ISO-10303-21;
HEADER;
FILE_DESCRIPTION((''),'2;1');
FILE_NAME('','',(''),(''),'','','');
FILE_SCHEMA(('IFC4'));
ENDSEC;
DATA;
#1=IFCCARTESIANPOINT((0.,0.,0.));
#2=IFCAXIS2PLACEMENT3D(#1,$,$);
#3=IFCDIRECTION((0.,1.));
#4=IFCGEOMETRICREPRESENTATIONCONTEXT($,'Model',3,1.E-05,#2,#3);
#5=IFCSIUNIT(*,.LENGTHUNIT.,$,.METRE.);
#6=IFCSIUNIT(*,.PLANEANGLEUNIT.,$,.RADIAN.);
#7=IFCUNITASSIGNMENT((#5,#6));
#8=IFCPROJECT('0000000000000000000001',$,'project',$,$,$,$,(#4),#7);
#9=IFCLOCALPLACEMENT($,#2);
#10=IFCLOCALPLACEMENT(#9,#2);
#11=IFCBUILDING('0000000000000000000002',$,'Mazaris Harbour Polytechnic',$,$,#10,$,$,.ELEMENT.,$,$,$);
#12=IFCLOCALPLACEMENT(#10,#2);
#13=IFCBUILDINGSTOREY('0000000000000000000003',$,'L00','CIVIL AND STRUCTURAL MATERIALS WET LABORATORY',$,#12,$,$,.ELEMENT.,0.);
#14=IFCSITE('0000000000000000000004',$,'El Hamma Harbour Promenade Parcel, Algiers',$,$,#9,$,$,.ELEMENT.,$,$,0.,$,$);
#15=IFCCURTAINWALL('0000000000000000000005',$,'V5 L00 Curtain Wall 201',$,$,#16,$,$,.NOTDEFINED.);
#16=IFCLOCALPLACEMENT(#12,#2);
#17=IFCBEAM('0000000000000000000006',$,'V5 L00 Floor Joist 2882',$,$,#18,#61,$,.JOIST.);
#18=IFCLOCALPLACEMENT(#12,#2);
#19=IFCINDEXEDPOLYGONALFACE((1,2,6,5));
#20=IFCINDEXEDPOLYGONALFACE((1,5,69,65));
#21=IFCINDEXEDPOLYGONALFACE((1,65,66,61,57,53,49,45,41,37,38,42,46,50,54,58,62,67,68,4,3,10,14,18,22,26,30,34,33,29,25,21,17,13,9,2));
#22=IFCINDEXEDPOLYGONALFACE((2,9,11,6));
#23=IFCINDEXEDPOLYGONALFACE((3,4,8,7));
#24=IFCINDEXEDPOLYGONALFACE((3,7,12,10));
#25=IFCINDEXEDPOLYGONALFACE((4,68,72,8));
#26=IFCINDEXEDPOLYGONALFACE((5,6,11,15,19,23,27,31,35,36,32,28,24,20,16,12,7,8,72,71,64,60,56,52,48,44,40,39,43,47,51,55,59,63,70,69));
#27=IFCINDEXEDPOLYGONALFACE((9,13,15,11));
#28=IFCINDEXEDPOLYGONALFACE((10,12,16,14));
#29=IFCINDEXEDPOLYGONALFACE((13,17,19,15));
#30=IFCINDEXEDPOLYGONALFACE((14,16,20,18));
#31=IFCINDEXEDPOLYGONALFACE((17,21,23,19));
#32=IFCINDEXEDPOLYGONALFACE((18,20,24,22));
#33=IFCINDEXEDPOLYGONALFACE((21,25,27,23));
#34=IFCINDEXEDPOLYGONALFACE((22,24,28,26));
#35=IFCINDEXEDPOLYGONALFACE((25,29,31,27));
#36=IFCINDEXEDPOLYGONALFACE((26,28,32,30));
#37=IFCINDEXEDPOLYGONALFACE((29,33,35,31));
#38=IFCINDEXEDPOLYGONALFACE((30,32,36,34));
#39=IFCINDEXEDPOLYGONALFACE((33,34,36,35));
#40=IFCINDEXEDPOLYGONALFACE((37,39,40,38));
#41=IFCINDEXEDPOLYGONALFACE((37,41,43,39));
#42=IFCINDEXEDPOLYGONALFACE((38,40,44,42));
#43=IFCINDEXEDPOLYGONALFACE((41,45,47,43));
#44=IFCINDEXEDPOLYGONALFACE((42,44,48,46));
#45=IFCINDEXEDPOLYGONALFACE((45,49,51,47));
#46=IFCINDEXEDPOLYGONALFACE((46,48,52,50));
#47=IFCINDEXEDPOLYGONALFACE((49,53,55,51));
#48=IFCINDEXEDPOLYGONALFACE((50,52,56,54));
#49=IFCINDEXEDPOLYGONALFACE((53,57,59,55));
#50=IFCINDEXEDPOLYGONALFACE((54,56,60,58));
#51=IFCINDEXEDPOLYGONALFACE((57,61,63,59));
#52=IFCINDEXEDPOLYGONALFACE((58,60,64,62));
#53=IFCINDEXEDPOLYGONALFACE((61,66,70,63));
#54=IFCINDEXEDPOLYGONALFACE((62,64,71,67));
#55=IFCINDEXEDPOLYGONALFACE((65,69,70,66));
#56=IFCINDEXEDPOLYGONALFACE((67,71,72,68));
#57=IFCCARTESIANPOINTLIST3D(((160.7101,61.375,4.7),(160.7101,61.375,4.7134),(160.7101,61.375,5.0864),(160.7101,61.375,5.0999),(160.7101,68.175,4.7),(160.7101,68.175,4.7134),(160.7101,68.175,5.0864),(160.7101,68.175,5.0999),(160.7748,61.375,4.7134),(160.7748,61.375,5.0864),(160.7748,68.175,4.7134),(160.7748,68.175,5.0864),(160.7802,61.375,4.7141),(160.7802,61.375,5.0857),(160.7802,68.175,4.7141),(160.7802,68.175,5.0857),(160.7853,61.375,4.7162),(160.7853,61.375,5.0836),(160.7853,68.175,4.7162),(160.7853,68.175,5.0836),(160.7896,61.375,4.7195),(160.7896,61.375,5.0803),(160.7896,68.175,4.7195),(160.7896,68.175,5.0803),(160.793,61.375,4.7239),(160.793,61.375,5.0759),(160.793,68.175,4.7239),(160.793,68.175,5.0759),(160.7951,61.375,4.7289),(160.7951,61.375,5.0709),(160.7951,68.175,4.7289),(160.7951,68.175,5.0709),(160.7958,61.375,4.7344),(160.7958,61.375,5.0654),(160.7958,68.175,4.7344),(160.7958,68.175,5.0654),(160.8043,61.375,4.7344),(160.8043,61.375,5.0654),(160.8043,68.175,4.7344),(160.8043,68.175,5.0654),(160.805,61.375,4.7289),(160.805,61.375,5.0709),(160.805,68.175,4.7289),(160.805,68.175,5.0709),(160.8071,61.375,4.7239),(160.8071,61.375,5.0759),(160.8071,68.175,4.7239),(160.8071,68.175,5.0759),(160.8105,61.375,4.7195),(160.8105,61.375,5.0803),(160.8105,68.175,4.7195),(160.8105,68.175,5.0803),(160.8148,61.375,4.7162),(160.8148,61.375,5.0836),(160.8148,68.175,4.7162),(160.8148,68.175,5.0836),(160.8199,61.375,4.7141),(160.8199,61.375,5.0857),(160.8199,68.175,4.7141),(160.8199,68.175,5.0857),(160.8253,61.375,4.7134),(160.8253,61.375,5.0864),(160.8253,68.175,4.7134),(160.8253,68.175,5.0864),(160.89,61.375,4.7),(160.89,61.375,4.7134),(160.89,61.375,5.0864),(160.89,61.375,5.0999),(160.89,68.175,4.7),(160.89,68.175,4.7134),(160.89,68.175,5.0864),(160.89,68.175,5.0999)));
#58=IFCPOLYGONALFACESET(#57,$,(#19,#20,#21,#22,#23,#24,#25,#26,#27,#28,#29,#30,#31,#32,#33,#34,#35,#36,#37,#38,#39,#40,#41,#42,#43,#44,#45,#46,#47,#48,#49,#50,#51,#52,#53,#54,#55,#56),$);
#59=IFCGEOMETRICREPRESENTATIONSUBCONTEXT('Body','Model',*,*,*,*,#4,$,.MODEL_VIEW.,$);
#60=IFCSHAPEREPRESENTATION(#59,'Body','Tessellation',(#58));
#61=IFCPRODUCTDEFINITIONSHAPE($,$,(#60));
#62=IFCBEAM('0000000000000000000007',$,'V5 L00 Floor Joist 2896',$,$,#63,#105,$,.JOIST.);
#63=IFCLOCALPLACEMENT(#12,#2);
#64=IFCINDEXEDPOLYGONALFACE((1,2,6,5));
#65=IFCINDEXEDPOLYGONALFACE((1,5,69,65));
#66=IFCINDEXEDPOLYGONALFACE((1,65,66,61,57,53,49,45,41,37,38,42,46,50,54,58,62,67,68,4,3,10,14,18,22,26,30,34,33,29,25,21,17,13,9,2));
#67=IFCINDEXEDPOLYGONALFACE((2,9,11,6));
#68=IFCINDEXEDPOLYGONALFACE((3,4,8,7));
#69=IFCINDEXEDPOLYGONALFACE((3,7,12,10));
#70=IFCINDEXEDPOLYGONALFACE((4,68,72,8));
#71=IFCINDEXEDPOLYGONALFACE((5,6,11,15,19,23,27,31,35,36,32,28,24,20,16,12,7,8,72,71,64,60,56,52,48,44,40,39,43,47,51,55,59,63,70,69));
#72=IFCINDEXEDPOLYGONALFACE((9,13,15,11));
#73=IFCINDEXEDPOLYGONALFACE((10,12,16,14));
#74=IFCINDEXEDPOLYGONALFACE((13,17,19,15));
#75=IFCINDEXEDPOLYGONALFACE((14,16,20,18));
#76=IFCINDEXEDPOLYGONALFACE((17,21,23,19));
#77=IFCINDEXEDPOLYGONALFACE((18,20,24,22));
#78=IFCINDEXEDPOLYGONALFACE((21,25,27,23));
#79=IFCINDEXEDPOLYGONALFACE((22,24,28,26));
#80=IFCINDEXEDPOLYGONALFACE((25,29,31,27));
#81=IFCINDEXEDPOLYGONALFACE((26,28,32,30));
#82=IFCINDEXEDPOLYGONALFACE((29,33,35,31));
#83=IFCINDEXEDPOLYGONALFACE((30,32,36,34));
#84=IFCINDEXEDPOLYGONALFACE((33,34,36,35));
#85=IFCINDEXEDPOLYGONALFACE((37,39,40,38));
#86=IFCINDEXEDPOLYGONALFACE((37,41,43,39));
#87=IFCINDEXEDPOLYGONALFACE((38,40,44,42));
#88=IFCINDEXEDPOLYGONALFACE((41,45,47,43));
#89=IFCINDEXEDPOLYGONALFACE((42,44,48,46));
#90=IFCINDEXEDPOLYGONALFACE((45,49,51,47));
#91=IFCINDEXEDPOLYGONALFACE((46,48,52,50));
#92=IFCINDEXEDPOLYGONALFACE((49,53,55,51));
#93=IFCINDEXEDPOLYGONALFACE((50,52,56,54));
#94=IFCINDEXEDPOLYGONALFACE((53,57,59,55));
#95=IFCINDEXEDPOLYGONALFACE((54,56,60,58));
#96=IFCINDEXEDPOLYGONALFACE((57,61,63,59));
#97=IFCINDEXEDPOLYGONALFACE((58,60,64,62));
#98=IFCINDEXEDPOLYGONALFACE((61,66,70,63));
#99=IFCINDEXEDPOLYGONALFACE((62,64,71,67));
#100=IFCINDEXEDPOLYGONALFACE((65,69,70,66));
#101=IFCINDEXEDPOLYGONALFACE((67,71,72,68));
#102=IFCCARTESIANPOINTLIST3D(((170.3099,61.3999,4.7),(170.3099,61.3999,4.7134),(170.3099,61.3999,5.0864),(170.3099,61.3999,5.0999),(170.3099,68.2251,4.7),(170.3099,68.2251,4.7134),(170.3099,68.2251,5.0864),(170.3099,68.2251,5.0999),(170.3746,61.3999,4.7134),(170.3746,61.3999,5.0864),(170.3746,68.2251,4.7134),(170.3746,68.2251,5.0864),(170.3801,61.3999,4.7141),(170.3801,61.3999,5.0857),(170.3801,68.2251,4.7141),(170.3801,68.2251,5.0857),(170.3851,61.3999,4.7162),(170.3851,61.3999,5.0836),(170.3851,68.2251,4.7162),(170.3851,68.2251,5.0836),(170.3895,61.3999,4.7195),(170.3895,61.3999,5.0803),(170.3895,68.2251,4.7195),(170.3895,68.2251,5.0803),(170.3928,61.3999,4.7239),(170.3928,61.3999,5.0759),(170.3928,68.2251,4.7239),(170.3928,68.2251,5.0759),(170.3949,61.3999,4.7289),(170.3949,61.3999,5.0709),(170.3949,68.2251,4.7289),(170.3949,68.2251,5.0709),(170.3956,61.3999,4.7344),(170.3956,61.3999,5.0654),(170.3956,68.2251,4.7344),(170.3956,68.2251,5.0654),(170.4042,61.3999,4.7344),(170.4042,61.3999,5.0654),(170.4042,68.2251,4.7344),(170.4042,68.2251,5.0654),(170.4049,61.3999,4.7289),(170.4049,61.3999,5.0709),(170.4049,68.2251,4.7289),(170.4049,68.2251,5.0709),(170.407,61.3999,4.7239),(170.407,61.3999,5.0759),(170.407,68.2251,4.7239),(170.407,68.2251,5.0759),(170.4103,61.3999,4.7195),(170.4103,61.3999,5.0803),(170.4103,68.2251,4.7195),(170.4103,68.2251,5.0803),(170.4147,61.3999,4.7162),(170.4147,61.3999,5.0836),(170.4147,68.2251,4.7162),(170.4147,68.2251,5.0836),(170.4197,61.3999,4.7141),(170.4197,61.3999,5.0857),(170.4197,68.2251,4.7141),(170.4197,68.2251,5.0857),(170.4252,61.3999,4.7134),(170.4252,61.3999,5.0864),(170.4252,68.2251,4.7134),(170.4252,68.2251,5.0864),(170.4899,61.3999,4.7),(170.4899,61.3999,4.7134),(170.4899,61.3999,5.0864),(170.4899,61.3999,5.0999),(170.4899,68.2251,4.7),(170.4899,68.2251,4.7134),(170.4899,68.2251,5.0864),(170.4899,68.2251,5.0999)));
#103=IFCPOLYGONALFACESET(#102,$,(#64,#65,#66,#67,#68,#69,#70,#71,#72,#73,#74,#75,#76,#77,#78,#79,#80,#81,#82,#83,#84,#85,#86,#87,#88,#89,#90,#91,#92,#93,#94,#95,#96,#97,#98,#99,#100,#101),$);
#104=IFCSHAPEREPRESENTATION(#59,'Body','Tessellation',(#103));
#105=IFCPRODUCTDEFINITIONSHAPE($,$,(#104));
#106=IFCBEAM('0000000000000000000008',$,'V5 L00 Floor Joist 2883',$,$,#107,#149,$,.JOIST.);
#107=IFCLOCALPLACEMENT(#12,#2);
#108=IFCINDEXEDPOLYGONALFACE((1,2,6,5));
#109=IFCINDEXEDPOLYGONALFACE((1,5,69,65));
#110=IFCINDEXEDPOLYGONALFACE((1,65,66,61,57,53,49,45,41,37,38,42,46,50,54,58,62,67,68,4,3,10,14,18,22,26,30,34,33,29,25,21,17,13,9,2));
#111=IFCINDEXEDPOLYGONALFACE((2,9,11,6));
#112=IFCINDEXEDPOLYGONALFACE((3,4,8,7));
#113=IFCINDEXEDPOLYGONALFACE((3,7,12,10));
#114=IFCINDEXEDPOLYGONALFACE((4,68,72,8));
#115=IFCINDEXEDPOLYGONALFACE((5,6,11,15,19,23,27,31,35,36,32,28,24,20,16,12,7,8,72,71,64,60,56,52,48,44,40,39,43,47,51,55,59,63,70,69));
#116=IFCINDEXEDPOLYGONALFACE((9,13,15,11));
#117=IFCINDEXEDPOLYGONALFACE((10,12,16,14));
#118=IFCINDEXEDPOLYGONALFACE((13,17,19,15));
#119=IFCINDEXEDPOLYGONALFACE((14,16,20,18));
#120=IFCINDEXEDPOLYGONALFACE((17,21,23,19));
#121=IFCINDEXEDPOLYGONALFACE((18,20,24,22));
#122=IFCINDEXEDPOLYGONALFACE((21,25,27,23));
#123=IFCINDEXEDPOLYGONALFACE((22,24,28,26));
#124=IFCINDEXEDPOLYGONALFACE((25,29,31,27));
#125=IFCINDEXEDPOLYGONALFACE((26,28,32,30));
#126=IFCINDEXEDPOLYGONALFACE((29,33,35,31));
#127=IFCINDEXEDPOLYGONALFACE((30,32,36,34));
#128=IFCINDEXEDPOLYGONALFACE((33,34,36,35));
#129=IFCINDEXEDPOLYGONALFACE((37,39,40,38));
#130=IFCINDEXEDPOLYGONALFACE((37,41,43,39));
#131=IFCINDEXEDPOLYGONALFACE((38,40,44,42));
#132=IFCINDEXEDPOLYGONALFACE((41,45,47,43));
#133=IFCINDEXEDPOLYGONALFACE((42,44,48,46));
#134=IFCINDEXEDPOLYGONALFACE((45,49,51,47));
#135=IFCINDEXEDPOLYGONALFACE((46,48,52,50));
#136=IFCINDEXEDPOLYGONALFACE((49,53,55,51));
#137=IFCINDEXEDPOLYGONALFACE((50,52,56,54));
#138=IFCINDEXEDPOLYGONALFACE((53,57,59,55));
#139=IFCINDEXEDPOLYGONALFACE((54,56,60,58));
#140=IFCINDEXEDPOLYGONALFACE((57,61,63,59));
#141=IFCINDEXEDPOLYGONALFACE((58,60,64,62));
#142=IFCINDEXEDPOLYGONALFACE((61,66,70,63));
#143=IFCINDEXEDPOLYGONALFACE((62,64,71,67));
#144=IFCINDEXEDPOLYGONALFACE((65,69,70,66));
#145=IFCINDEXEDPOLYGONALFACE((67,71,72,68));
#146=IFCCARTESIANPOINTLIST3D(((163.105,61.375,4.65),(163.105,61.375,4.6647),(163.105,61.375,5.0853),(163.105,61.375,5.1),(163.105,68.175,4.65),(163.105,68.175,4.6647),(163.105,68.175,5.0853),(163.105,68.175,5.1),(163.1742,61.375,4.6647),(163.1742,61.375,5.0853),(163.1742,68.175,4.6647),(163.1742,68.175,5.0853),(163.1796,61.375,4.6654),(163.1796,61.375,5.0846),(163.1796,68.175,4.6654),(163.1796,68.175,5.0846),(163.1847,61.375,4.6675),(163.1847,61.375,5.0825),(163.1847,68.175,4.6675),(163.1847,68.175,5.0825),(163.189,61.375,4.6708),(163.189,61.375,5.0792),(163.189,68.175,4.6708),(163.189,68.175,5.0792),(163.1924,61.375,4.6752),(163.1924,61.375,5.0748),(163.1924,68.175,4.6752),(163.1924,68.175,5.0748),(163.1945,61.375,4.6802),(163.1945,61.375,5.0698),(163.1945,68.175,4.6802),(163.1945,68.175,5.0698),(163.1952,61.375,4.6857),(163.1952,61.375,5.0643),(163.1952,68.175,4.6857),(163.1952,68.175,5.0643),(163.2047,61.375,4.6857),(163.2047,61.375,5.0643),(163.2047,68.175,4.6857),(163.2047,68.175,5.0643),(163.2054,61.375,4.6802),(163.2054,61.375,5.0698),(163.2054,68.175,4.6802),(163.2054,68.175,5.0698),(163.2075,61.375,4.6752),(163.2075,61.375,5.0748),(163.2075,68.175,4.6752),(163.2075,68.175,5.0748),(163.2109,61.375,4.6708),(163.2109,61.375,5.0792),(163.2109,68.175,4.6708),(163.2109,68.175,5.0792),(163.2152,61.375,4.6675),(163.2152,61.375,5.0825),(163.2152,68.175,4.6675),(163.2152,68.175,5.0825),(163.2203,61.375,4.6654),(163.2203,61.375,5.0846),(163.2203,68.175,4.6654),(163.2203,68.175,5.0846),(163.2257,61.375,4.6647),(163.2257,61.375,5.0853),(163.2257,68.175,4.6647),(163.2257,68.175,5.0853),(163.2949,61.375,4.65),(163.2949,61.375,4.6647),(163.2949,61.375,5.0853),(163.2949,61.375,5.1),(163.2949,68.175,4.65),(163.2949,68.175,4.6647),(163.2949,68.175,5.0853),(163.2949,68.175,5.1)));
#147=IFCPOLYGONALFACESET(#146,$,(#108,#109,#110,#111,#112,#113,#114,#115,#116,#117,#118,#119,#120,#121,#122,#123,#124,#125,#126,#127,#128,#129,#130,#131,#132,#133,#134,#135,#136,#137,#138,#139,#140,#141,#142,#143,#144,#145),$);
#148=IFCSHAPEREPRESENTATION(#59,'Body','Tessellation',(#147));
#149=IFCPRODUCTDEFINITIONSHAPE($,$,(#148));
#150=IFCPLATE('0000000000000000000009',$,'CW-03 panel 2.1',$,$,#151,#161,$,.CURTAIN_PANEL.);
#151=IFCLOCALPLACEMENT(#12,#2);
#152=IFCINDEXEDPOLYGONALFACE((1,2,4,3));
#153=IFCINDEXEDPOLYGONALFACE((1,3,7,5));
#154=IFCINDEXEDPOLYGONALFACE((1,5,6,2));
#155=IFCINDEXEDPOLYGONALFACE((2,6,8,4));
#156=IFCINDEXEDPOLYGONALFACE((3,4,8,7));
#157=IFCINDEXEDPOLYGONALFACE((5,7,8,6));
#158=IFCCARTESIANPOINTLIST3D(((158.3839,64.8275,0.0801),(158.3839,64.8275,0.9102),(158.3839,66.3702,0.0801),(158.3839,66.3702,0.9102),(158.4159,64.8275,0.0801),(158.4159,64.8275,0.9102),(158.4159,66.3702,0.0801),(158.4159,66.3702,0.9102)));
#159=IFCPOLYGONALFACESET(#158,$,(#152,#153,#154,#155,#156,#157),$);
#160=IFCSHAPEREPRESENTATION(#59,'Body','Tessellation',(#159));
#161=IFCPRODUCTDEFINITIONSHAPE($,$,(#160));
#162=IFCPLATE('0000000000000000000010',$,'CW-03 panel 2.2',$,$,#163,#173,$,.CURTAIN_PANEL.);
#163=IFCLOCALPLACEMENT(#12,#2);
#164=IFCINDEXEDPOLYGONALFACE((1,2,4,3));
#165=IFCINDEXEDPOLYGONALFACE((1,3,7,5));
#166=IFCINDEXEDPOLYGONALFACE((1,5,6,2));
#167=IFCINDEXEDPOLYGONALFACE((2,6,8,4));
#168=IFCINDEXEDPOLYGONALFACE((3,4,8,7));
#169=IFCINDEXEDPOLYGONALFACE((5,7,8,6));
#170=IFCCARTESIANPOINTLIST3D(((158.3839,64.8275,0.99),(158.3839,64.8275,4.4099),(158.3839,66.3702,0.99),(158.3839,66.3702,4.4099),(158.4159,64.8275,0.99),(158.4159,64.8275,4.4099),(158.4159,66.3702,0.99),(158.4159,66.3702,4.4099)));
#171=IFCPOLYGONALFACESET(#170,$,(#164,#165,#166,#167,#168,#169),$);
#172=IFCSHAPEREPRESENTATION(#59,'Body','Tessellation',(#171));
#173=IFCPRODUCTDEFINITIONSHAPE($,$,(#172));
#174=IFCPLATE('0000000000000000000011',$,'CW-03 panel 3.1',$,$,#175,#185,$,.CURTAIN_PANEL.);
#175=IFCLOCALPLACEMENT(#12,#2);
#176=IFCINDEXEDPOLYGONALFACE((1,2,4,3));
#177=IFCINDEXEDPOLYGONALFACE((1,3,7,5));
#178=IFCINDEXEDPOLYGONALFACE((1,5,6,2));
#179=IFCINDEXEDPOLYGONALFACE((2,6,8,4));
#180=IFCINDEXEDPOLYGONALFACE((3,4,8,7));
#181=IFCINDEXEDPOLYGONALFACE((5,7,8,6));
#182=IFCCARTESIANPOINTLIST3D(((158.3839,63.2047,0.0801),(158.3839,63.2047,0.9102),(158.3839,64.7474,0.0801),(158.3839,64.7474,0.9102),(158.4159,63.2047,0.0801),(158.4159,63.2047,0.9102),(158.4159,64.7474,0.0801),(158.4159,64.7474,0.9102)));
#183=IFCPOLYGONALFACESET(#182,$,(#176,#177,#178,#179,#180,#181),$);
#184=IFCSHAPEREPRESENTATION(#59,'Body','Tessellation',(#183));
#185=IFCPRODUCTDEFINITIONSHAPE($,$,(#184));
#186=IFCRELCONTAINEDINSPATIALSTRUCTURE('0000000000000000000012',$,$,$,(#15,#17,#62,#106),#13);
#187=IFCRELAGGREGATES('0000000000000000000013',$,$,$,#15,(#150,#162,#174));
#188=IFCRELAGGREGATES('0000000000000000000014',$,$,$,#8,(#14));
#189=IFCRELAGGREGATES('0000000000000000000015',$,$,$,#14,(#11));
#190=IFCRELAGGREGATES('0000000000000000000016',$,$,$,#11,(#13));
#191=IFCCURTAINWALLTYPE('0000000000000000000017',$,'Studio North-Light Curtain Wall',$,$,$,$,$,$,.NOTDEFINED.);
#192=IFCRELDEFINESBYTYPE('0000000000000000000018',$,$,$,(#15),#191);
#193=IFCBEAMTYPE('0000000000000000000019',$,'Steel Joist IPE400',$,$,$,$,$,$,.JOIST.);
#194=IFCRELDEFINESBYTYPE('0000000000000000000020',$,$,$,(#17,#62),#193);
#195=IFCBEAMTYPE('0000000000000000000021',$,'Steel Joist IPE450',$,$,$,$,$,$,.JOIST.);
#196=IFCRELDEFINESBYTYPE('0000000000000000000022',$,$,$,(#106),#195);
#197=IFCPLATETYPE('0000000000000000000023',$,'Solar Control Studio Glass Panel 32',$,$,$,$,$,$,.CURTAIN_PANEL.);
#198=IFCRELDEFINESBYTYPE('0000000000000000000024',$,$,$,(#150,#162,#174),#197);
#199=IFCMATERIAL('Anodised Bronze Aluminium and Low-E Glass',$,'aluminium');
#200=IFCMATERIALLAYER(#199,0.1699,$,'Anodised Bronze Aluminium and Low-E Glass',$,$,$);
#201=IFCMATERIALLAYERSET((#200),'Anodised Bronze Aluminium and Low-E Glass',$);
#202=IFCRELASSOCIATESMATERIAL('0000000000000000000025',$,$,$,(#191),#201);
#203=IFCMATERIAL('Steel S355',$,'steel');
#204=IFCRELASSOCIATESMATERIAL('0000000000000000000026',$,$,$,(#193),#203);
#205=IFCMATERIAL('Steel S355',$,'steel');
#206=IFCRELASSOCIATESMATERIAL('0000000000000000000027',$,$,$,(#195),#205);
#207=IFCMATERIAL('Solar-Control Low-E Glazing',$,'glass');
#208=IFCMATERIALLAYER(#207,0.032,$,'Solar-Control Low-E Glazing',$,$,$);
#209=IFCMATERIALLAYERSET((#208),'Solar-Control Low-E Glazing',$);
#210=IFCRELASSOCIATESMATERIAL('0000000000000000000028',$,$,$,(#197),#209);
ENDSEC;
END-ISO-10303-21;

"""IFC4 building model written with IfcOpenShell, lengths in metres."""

from ifc_helpers import new_model, si_unit, direction, frame, origin, origin_2d, place, context, subcontext, project, spatial, rectangle, i_section, extrude, material, layer, layer_set, material_profile, profile_set, type_object, element, aggregate, save


model = new_model("IFC4")

# Units and contexts
model_context = context("Model", 3, precision=1e-05, world=origin(), true_north=direction((0.0, 1.0)))
body_context = subcontext(model_context, "Body", "Model", "MODEL_VIEW")
ifc_project = project(units=[si_unit("LENGTHUNIT", "METRE"), si_unit("PLANEANGLEUNIT", "RADIAN")], contexts=[model_context])

# Site, building, storey
site_placement = place(None, origin())
site = spatial("IfcSite", under=ifc_project, at=site_placement, Name="El Hamma Harbour Promenade Parcel, Algiers", CompositionType="ELEMENT", RefElevation=0.0)
building_placement = place(site_placement, origin())
building = spatial("IfcBuilding", under=site, at=building_placement, Name="Mazaris Harbour Polytechnic", CompositionType="ELEMENT")
storey_placement = place(building_placement, origin())
storey = spatial("IfcBuildingStorey", under=building, at=storey_placement, Name="L00", Description="CIVIL AND STRUCTURAL MATERIALS WET LABORATORY", CompositionType="ELEMENT", Elevation=0.0)

# Curtain wall
ifc_material_1 = material(Name="Anodised Bronze Aluminium and Low-E Glass", Category="aluminium")
ifc_layer_1 = layer(ifc_material_1, 0.1699, Name="Anodised Bronze Aluminium and Low-E Glass")
ifc_layer_set_1 = layer_set([ifc_layer_1], Name="Anodised Bronze Aluminium and Low-E Glass")
curtain_wall_type = type_object("IfcCurtainWallType", Name="Studio North-Light Curtain Wall", PredefinedType="NOTDEFINED", material=ifc_layer_set_1)
curtain_wall_placement = place(storey_placement, origin())
curtain_wall = element("IfcCurtainWall", 1, at=curtain_wall_placement, inside=storey, type_object=curtain_wall_type, Name="V5 L00 Curtain Wall 201", PredefinedType="NOTDEFINED")

# Beams
ifc_material_2 = material(Name="Steel S355", Category="steel")
ifc_material_profile_1 = material_profile(ifc_material_2, i_section(OverallWidth=0.1799, OverallDepth=0.3999, WebThickness=0.0085, FlangeThickness=0.0134, FilletRadius=0.021, at=origin_2d()), Name="IPE 400")
ifc_profile_set_1 = profile_set([ifc_material_profile_1], Name="Steel S355")
beam_type_1 = type_object("IfcBeamType", Name="Steel Joist IPE400", PredefinedType="JOIST", material=ifc_profile_set_1)
beam_1_placement = place(storey_placement, frame((160.8, 61.375, 4.8999), z_axis=(0.0, 1.0, 0.0), x_axis=(-1.0, 0.0, 0.0)))
element("IfcBeam", 2, at=beam_1_placement, inside=storey, type_object=beam_type_1, Name="V5 L00 Floor Joist 2882", PredefinedType="JOIST", context=body_context, shape_type="SweptSolid", body=[
    extrude(i_section(OverallWidth=0.1799, OverallDepth=0.3999, WebThickness=0.0085, FlangeThickness=0.0134, FilletRadius=0.021, at=origin_2d()), origin(), (0.0, 0.0, 1.0), 6.8),
])
beam_2_placement = place(storey_placement, frame((170.3999, 61.3999, 4.8999), z_axis=(0.0, 1.0, 0.0), x_axis=(-1.0, 0.0, 0.0)))
element("IfcBeam", 3, at=beam_2_placement, inside=storey, type_object=beam_type_1, Name="V5 L00 Floor Joist 2896", PredefinedType="JOIST", context=body_context, shape_type="SweptSolid", body=[
    extrude(i_section(OverallWidth=0.1799, OverallDepth=0.3999, WebThickness=0.0085, FlangeThickness=0.0134, FilletRadius=0.021, at=origin_2d()), origin(), (0.0, 0.0, 1.0), 6.8252),
])
ifc_material_3 = material(Name="Steel S355", Category="steel")
ifc_material_profile_2 = material_profile(ifc_material_3, i_section(OverallWidth=0.1899, OverallDepth=0.45, WebThickness=0.0095, FlangeThickness=0.0146, FilletRadius=0.021, at=origin_2d()), Name="IPE 450")
ifc_profile_set_2 = profile_set([ifc_material_profile_2], Name="Steel S355")
beam_type_2 = type_object("IfcBeamType", Name="Steel Joist IPE450", PredefinedType="JOIST", material=ifc_profile_set_2)
beam_3_placement = place(storey_placement, frame((163.2, 61.375, 4.875), z_axis=(0.0, 1.0, 0.0), x_axis=(-1.0, 0.0, 0.0)))
element("IfcBeam", 4, at=beam_3_placement, inside=storey, type_object=beam_type_2, Name="V5 L00 Floor Joist 2883", PredefinedType="JOIST", context=body_context, shape_type="SweptSolid", body=[
    extrude(i_section(OverallWidth=0.1899, OverallDepth=0.45, WebThickness=0.0095, FlangeThickness=0.0146, FilletRadius=0.021, at=origin_2d()), origin(), (0.0, 0.0, 1.0), 6.8),
])

# Plates
ifc_material_4 = material(Name="Solar-Control Low-E Glazing", Category="glass")
ifc_layer_2 = layer(ifc_material_4, 0.032, Name="Solar-Control Low-E Glazing")
ifc_layer_set_2 = layer_set([ifc_layer_2], Name="Solar-Control Low-E Glazing")
plate_type = type_object("IfcPlateType", Name="Solar Control Studio Glass Panel 32", PredefinedType="CURTAIN_PANEL", material=ifc_layer_set_2)
plate_1_placement = place(storey_placement, frame((158.3999, 65.5989, 0.0801), z_axis=(0.0, 0.0, 1.0), x_axis=(0.0, -1.0, 0.0)))
plate_1 = element("IfcPlate", 5, at=plate_1_placement, type_object=plate_type, Name="CW-03 panel 2.1", PredefinedType="CURTAIN_PANEL", context=body_context, shape_type="SweptSolid", body=[
    extrude(rectangle(XDim=1.5427, YDim=0.032, at=origin_2d()), origin(), (0.0, 0.0, 1.0), 0.8301),
])
plate_2_placement = place(storey_placement, frame((158.3999, 65.5989, 0.99), z_axis=(0.0, 0.0, 1.0), x_axis=(0.0, -1.0, 0.0)))
plate_2 = element("IfcPlate", 6, at=plate_2_placement, type_object=plate_type, Name="CW-03 panel 2.2", PredefinedType="CURTAIN_PANEL", context=body_context, shape_type="SweptSolid", body=[
    extrude(rectangle(XDim=1.5427, YDim=0.032, at=origin_2d()), origin(), (0.0, 0.0, 1.0), 3.4199),
])
plate_3_placement = place(storey_placement, frame((158.3999, 63.9761, 0.0801), z_axis=(0.0, 0.0, 1.0), x_axis=(0.0, -1.0, 0.0)))
plate_3 = element("IfcPlate", 7, at=plate_3_placement, type_object=plate_type, Name="CW-03 panel 3.1", PredefinedType="CURTAIN_PANEL", context=body_context, shape_type="SweptSolid", body=[
    extrude(rectangle(XDim=1.5427, YDim=0.032, at=origin_2d()), origin(), (0.0, 0.0, 1.0), 0.8301),
])
aggregate(curtain_wall, [plate_1, plate_2, plate_3])

save(model, "model.ifc")
